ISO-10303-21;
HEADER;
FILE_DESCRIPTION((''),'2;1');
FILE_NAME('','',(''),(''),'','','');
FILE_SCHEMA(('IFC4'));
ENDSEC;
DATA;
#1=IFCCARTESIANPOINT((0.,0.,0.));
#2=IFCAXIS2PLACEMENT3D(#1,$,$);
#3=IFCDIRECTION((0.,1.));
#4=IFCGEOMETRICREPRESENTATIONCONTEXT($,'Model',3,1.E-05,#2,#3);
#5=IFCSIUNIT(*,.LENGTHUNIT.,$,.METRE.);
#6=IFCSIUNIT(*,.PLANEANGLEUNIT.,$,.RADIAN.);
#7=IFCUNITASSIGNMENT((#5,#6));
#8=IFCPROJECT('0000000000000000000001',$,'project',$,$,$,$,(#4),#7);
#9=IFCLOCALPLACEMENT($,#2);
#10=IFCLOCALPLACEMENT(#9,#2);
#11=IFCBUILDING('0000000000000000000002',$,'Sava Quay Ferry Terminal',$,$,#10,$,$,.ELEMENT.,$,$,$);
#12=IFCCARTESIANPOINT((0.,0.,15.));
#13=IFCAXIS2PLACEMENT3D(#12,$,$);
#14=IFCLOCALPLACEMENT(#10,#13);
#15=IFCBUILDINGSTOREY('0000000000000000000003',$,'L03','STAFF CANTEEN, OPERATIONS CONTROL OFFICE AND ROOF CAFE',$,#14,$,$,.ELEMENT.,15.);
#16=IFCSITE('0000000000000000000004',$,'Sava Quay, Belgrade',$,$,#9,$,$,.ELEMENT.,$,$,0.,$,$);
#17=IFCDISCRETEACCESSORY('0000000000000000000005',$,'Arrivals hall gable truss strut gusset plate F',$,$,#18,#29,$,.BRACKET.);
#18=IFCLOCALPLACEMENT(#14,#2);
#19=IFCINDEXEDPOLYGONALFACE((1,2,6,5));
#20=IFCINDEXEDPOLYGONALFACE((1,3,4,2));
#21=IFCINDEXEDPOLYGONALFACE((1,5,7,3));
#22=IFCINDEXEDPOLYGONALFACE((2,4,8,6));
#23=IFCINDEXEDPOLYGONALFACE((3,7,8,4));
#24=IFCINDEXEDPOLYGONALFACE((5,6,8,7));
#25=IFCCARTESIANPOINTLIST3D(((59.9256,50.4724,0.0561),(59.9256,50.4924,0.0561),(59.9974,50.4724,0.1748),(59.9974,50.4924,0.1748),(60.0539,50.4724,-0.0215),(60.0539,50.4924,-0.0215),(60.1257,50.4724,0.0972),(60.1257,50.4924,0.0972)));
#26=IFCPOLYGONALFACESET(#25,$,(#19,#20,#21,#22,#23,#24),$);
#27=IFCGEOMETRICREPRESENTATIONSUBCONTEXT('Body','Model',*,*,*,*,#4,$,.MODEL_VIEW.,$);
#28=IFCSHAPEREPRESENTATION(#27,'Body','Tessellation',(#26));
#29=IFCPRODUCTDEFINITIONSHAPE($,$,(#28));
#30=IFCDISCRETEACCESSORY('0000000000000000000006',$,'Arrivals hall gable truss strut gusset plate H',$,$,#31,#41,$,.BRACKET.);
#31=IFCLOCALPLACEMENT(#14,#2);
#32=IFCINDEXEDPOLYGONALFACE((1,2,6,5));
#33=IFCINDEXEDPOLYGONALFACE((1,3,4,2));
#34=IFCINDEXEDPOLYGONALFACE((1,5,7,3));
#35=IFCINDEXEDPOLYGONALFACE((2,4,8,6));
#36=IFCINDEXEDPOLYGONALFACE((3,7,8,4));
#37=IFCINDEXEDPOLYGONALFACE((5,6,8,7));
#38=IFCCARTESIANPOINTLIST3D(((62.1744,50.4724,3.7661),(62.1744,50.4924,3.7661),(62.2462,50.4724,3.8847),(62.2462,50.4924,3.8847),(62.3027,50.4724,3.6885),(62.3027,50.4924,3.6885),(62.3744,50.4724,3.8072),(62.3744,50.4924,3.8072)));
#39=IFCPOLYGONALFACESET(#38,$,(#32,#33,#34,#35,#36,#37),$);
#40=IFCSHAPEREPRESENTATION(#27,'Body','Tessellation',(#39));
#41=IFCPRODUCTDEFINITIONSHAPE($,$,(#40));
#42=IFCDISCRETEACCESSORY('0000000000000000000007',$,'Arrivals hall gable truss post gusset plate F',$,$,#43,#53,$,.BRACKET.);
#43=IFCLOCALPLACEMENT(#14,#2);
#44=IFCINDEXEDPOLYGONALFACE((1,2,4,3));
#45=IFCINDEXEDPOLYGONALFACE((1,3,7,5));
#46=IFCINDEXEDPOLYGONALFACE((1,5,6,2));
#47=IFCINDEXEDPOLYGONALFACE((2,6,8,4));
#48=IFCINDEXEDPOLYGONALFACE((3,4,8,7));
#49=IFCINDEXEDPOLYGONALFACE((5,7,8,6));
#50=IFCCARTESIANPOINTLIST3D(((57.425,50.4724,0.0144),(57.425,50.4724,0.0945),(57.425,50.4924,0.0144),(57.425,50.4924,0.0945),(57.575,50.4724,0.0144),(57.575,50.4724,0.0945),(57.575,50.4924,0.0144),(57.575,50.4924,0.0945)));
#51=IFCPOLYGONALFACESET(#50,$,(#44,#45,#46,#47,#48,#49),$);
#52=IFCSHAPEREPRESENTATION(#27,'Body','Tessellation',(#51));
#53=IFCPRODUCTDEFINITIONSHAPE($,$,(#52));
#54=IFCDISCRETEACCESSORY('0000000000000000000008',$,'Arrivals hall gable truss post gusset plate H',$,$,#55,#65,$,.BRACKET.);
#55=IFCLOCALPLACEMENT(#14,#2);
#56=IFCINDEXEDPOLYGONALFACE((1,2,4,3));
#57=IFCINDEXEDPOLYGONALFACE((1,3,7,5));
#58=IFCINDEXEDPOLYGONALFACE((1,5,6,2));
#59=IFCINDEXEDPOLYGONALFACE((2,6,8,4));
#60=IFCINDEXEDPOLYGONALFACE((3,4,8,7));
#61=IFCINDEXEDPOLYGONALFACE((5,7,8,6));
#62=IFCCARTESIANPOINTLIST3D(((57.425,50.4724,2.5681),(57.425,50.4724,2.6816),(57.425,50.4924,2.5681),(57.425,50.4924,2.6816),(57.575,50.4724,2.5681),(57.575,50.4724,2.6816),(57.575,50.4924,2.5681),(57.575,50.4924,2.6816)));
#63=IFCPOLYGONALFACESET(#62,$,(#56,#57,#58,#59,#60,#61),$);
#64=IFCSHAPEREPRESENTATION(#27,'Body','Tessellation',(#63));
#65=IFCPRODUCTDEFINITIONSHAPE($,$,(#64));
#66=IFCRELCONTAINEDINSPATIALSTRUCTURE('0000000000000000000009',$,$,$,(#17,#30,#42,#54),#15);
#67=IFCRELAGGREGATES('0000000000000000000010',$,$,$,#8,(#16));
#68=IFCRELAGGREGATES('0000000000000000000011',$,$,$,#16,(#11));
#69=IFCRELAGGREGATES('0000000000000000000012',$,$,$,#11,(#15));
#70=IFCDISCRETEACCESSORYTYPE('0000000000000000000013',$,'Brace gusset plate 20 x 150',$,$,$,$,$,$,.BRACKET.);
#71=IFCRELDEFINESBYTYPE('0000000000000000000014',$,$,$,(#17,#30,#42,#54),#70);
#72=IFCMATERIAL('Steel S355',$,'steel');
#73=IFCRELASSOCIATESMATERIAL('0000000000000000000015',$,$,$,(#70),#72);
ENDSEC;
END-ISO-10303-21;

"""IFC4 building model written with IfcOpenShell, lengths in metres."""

from ifc_helpers import new_model, si_unit, direction, frame, origin, origin_2d, place, context, subcontext, project, spatial, rectangle, extrude, material, material_profile, profile_set, type_object, element, save


model = new_model("IFC4")

# Units and contexts
model_context = context("Model", 3, precision=1e-05, world=origin(), true_north=direction((0.0, 1.0)))
body_context = subcontext(model_context, "Body", "Model", "MODEL_VIEW")
ifc_project = project(units=[si_unit("LENGTHUNIT", "METRE"), si_unit("PLANEANGLEUNIT", "RADIAN")], contexts=[model_context])

# Site, building, storey
site_placement = place(None, origin())
site = spatial("IfcSite", under=ifc_project, at=site_placement, Name="Sava Quay, Belgrade", CompositionType="ELEMENT", RefElevation=0.0)
building_placement = place(site_placement, origin())
building = spatial("IfcBuilding", under=site, at=building_placement, Name="Sava Quay Ferry Terminal", CompositionType="ELEMENT")
storey_placement = place(building_placement, frame((0.0, 0.0, 15.0)))
storey = spatial("IfcBuildingStorey", under=building, at=storey_placement, Name="L03", Description="STAFF CANTEEN, OPERATIONS CONTROL OFFICE AND ROOF CAFE", CompositionType="ELEMENT", Elevation=15.0)

# Discrete accessories
ifc_material_1 = material(Name="Steel S355", Category="steel")
ifc_material_profile_1 = material_profile(ifc_material_1, rectangle(XDim=0.1499, YDim=0.02, at=origin_2d()), Name="Plate 150 x 20")
ifc_profile_set_1 = profile_set([ifc_material_profile_1], Name="Steel S355")
discrete_accessory_type = type_object("IfcDiscreteAccessoryType", Name="Brace gusset plate 20 x 150", PredefinedType="BRACKET", material=ifc_profile_set_1)
for number, where, z_axis, x_axis, name in (
    (1, (60.0615, 50.4824, 0.136), (-0.517599, 0.0, -0.855623), (-0.855623, 0.0, 0.517599), "Arrivals hall gable truss strut gusset plate F"),
    (2, (62.2385, 50.4824, 3.7273), (0.517599, 0.0, 0.855623), (0.855623, 0.0, -0.517599), "Arrivals hall gable truss strut gusset plate H"),
):
    element("IfcDiscreteAccessory", number, at=place(storey_placement, frame(where, z_axis=z_axis, x_axis=x_axis)), inside=storey, type_object=discrete_accessory_type, Name=name, PredefinedType="BRACKET", context=body_context, shape_type="SweptSolid", body=[
        extrude(rectangle(XDim=0.1499, YDim=0.02, at=origin_2d()), origin(), (0.0, 0.0, 1.0), 0.1387),
    ])
discrete_accessory_1_placement = place(storey_placement, frame((57.5, 50.4824, 0.0945), z_axis=(0.0, 0.0, -1.0), x_axis=(-1.0, 0.0, 0.0)))
element("IfcDiscreteAccessory", 3, at=discrete_accessory_1_placement, inside=storey, type_object=discrete_accessory_type, Name="Arrivals hall gable truss post gusset plate F", PredefinedType="BRACKET", context=body_context, shape_type="SweptSolid", body=[
    extrude(rectangle(XDim=0.1499, YDim=0.02, at=origin_2d()), origin(), (0.0, 0.0, 1.0), 0.0801),
])
discrete_accessory_2_placement = place(storey_placement, frame((57.5, 50.4824, 2.5681), z_axis=(0.0, 0.0, 1.0), x_axis=(1.0, 0.0, 0.0)))
element("IfcDiscreteAccessory", 4, at=discrete_accessory_2_placement, inside=storey, type_object=discrete_accessory_type, Name="Arrivals hall gable truss post gusset plate H", PredefinedType="BRACKET", context=body_context, shape_type="SweptSolid", body=[
    extrude(rectangle(XDim=0.1499, YDim=0.02, at=origin_2d()), origin(), (0.0, 0.0, 1.0), 0.1135),
])

save(model, "model.ifc")
